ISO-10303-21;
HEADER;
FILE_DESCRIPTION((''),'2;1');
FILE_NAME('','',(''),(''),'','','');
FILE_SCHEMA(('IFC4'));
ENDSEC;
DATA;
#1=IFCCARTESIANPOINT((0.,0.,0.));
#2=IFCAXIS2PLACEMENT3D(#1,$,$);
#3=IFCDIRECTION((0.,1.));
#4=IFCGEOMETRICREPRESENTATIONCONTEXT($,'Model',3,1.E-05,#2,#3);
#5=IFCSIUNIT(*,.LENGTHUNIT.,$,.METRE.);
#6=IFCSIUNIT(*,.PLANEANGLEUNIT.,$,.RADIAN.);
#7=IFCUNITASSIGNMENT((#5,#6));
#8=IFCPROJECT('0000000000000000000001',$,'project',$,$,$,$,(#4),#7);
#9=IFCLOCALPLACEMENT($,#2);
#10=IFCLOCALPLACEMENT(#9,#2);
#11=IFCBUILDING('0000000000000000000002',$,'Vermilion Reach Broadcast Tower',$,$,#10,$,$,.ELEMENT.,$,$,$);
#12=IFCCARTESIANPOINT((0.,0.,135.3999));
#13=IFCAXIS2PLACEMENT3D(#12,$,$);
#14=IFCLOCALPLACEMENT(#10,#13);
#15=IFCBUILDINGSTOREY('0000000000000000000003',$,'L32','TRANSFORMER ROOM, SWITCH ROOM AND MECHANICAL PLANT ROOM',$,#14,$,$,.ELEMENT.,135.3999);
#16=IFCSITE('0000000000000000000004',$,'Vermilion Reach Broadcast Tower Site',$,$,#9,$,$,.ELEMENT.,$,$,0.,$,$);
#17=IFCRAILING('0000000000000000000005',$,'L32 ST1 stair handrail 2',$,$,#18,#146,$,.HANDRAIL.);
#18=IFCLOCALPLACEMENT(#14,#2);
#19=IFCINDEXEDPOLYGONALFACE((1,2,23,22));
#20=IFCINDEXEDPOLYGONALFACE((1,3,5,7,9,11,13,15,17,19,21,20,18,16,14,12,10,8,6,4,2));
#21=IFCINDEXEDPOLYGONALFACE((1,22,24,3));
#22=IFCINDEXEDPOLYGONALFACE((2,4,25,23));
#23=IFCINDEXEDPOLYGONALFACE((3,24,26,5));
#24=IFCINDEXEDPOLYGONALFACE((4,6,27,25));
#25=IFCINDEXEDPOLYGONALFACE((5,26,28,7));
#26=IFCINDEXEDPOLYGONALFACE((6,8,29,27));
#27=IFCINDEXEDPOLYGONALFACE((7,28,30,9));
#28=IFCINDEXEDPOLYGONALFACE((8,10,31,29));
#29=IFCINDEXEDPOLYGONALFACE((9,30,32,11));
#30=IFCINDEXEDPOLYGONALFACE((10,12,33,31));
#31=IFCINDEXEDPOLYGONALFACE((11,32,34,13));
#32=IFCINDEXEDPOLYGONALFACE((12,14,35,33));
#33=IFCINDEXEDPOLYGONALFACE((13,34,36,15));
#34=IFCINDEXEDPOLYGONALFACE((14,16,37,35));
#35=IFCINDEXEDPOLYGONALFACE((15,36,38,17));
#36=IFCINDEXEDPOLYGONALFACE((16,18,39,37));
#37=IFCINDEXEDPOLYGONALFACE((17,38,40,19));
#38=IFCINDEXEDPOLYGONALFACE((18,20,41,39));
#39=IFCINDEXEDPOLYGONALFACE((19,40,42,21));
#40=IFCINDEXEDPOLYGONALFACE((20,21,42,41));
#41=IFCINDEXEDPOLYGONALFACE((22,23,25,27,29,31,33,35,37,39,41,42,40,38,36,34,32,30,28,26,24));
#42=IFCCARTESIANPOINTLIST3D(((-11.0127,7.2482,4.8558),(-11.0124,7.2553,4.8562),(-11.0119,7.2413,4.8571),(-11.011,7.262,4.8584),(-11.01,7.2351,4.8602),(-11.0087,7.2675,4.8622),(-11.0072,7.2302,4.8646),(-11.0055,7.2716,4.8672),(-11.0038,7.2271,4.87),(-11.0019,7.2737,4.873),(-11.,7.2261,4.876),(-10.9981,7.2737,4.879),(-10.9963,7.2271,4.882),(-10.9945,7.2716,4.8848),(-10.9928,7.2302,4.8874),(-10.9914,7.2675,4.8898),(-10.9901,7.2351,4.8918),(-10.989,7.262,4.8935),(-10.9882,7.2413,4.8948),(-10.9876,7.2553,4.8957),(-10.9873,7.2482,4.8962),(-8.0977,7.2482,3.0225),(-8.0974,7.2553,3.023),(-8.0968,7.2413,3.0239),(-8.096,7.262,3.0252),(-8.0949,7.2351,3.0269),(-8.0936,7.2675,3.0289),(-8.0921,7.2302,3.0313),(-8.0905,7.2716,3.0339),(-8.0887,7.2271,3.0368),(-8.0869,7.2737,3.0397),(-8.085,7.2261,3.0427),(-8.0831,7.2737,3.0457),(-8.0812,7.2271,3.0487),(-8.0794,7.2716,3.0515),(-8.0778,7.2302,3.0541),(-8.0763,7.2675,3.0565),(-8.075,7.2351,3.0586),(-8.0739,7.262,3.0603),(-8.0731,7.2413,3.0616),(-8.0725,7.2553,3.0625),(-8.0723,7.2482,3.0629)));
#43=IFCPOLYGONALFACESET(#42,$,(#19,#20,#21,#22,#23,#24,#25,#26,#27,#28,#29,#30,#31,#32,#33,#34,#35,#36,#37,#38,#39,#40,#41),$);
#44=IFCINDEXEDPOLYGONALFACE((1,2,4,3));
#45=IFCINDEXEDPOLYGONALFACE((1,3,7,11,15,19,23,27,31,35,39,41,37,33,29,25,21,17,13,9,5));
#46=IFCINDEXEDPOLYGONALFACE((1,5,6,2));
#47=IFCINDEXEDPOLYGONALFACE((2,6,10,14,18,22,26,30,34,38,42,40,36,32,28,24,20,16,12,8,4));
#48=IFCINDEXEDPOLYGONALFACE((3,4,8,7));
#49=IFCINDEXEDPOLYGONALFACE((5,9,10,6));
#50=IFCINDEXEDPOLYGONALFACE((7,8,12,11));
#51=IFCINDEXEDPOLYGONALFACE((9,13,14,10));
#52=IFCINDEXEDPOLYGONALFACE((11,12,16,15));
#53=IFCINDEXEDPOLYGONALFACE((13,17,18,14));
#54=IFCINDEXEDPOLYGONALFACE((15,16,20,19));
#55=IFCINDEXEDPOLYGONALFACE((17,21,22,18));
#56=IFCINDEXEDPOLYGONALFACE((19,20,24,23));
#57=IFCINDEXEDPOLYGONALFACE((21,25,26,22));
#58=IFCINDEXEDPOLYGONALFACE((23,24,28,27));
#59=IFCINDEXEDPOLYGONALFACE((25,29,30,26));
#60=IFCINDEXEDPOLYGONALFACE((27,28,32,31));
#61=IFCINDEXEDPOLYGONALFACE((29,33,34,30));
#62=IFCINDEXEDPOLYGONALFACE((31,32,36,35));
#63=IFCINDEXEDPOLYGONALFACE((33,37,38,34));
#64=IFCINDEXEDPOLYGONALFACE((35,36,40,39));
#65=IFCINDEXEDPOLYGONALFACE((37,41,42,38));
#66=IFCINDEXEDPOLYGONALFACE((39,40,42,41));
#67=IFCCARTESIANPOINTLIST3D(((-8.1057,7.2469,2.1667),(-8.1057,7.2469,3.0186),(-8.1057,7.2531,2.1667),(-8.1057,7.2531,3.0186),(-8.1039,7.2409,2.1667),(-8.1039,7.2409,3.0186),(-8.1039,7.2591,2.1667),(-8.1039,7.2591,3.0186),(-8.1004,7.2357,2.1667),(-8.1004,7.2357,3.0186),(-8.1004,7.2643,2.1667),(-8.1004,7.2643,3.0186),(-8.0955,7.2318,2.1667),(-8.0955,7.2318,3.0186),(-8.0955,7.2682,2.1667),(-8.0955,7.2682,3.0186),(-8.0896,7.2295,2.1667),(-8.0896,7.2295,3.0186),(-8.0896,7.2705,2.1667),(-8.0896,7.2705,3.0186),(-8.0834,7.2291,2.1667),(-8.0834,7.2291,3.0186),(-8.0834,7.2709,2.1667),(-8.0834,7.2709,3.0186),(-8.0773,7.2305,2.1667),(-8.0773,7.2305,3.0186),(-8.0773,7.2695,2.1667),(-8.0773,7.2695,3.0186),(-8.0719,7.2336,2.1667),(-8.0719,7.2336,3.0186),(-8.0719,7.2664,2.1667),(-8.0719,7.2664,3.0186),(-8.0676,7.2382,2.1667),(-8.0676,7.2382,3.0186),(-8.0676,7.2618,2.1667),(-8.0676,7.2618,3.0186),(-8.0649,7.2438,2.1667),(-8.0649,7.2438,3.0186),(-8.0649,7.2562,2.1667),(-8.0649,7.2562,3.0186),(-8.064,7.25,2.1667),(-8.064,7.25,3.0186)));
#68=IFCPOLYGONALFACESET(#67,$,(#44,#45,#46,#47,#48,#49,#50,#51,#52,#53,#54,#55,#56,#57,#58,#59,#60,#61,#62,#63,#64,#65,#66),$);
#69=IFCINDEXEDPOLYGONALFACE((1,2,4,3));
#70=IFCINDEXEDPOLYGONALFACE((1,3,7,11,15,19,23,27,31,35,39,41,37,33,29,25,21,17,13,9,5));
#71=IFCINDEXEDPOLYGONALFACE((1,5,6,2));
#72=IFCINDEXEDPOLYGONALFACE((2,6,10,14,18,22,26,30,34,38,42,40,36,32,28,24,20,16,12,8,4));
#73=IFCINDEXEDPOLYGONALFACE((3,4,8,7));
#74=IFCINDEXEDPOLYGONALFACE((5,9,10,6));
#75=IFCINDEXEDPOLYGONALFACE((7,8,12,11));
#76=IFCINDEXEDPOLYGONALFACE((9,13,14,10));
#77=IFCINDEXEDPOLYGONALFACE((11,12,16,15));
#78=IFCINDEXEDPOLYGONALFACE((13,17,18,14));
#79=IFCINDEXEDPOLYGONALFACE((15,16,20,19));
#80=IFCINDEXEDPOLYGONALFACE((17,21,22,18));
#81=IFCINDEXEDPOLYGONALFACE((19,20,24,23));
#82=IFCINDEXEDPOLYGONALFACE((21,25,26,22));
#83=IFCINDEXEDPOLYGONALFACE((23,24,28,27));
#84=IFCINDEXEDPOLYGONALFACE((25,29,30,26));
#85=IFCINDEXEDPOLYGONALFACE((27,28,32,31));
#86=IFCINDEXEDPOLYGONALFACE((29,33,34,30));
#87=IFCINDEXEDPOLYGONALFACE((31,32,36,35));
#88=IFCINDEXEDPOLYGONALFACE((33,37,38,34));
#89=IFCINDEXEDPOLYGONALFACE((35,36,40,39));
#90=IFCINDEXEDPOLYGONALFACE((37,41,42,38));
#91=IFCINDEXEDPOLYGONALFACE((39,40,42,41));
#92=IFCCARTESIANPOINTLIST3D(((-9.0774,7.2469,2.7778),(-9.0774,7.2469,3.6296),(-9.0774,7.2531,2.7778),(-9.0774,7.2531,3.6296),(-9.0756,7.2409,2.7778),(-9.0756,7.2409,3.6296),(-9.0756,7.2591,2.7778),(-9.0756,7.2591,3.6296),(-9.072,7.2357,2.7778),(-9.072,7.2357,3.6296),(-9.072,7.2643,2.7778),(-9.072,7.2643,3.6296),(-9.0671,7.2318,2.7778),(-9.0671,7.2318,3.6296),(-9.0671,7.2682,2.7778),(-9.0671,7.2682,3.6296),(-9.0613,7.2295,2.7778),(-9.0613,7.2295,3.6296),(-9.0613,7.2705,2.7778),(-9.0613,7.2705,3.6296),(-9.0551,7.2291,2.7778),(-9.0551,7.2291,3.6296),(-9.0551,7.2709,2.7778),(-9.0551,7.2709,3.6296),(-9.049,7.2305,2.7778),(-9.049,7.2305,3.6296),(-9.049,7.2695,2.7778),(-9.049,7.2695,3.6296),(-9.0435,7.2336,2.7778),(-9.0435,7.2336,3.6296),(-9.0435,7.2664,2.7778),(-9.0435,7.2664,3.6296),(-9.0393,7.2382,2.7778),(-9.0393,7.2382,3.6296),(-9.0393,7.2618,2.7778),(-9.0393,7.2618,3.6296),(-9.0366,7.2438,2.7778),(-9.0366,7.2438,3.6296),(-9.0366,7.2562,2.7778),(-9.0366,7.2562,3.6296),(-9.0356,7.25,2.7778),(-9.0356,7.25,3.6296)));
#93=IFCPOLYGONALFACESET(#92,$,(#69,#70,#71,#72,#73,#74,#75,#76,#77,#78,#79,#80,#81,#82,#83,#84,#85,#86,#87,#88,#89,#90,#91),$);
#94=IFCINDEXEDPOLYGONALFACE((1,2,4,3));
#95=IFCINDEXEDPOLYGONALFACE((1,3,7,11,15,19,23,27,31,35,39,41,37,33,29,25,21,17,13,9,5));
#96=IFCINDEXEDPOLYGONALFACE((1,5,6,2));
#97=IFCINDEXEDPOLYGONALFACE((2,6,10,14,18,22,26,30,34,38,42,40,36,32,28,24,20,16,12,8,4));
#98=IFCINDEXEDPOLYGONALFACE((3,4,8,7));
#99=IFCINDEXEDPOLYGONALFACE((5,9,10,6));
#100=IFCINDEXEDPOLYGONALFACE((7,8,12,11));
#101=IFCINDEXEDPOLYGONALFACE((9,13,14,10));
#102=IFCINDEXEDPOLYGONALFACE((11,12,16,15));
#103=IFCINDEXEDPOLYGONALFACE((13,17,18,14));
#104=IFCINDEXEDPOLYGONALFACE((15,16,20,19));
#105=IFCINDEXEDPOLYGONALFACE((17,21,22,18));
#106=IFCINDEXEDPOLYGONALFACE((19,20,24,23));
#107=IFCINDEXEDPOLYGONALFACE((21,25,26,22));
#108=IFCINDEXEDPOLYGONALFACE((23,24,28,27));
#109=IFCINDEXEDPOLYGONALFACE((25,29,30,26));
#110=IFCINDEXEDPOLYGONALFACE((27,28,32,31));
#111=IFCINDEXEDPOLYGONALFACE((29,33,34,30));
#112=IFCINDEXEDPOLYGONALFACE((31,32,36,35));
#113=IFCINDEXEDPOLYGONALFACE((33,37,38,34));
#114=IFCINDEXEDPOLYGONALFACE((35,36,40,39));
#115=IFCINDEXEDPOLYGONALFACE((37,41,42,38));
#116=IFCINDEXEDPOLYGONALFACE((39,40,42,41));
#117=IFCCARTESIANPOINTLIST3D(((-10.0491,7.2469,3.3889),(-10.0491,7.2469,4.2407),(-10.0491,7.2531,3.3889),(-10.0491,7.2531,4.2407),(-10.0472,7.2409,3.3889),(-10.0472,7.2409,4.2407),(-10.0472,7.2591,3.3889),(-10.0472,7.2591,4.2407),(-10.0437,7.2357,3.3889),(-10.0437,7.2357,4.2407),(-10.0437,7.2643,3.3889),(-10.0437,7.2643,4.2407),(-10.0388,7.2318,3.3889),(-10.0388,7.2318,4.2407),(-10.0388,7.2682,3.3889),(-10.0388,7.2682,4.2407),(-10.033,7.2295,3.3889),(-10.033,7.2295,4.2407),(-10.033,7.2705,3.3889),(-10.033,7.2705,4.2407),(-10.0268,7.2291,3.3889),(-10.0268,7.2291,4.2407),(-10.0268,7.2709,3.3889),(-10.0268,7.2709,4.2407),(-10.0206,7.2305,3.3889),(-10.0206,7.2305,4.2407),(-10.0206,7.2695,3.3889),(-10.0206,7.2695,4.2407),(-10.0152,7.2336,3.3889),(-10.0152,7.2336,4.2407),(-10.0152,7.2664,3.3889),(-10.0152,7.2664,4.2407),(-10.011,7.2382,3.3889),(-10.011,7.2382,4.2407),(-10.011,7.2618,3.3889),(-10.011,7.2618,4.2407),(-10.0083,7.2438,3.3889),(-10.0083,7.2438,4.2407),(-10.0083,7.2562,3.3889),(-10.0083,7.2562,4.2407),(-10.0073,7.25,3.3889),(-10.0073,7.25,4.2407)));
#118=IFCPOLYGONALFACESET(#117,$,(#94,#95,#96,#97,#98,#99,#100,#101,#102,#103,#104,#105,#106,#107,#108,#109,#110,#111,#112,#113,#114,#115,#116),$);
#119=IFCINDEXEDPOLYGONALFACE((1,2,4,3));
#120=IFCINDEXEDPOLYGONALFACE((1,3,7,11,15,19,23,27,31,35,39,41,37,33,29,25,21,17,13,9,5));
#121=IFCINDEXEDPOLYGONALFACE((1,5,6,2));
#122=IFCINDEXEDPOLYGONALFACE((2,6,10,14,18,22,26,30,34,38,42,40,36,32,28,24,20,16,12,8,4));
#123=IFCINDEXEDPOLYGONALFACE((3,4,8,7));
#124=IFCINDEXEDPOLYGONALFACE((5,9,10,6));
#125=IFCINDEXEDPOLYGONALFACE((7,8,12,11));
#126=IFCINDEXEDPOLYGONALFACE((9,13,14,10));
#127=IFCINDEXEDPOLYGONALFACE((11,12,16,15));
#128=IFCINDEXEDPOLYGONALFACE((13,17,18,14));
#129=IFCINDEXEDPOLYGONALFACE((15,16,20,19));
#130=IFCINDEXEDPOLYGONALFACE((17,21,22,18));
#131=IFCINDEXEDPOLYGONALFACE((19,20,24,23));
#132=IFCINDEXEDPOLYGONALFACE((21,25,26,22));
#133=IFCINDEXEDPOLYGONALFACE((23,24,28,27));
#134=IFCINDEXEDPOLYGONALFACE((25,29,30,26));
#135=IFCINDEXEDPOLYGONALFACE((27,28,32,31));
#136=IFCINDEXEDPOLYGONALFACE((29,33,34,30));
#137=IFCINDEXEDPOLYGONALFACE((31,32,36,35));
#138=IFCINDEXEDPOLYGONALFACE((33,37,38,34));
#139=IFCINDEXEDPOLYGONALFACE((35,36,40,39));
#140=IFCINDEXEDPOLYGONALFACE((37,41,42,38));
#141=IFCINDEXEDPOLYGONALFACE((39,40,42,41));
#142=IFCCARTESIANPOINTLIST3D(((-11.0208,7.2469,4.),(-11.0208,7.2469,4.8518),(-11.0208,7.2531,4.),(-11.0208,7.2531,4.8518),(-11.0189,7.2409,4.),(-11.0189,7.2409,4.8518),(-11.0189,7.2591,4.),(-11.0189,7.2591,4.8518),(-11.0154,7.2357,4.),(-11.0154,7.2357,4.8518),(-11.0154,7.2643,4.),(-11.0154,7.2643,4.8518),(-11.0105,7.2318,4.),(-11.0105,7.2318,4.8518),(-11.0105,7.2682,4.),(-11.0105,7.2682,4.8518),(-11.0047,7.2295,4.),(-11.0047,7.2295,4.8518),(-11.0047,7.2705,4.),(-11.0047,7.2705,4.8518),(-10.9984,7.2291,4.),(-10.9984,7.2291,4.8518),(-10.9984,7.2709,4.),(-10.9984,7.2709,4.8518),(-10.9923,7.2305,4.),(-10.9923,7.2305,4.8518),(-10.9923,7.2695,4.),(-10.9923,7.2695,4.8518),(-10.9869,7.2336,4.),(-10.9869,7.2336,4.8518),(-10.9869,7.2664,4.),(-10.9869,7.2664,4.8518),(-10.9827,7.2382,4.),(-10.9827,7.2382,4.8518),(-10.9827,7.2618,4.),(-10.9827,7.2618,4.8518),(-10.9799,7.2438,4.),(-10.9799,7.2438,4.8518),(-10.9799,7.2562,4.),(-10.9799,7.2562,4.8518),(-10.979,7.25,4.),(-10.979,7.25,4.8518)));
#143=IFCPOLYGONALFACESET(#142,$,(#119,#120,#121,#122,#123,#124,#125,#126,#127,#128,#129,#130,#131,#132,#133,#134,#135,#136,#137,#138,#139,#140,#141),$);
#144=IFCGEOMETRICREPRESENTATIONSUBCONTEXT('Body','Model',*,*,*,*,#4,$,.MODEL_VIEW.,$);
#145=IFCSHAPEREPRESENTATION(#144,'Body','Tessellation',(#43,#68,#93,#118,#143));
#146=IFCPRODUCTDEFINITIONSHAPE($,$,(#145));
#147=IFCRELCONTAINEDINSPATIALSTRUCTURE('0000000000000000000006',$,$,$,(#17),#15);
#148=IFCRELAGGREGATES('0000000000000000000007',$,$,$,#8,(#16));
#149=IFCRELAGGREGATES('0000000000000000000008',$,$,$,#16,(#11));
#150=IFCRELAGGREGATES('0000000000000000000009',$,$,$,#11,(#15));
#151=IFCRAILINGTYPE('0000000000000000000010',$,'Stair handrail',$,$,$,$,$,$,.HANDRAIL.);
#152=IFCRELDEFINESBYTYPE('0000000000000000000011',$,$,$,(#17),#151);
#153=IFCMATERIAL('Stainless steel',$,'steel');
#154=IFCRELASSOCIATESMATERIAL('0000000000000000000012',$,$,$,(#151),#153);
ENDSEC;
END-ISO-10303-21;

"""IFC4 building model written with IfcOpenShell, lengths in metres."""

from ifc_helpers import new_model, si_unit, direction, frame, origin, origin_2d, place, context, subcontext, project, spatial, circle, extrude, material, type_object, element, save


model = new_model("IFC4")

# Units and contexts
model_context = context("Model", 3, precision=1e-05, world=origin(), true_north=direction((0.0, 1.0)))
body_context = subcontext(model_context, "Body", "Model", "MODEL_VIEW")
ifc_project = project(units=[si_unit("LENGTHUNIT", "METRE"), si_unit("PLANEANGLEUNIT", "RADIAN")], contexts=[model_context])

# Site, building, storey
site_placement = place(None, origin())
site = spatial("IfcSite", under=ifc_project, at=site_placement, Name="Vermilion Reach Broadcast Tower Site", CompositionType="ELEMENT", RefElevation=0.0)
building_placement = place(site_placement, origin())
building = spatial("IfcBuilding", under=site, at=building_placement, Name="Vermilion Reach Broadcast Tower", CompositionType="ELEMENT")
storey_placement = place(building_placement, frame((0.0, 0.0, 135.3999)))
storey = spatial("IfcBuildingStorey", under=building, at=storey_placement, Name="L32", Description="TRANSFORMER ROOM, SWITCH ROOM AND MECHANICAL PLANT ROOM", CompositionType="ELEMENT", Elevation=135.3999)

# Railing
ifc_material_1 = material(Name="Stainless steel", Category="steel")
railing_type_1 = type_object("IfcRailingType", Name="Stair handrail", PredefinedType="HANDRAIL", material=ifc_material_1)
railing_1_placement = place(storey_placement, frame((-8.085, 7.25, 2.1667)))
element("IfcRailing", 1, at=railing_1_placement, inside=storey, type_object=railing_type_1, Name="L32 ST1 stair handrail 2", PredefinedType="HANDRAIL", context=body_context, shape_type="SweptSolid", body=[
    extrude(circle(Radius=0.0239, at=origin_2d()), frame((0.0, 0.0, 0.876), z_axis=(-0.846513, 0.0, 0.532368), x_axis=(0.0, -1.0, 0.0)), (0.0, 0.0, 1.0), 3.4436),
    extrude(circle(Radius=0.021, at=origin_2d()), origin(), (0.0, 0.0, 1.0), 0.8518),
    extrude(circle(Radius=0.021, at=origin_2d()), frame((-0.9717, 0.0, 0.6111)), (0.0, 0.0, 1.0), 0.8518),
    extrude(circle(Radius=0.021, at=origin_2d()), frame((-1.9434, 0.0, 1.2222)), (0.0, 0.0, 1.0), 0.8518),
    extrude(circle(Radius=0.021, at=origin_2d()), frame((-2.915, 0.0, 1.8333)), (0.0, 0.0, 1.0), 0.8518),
])

save(model, "model.ifc")
